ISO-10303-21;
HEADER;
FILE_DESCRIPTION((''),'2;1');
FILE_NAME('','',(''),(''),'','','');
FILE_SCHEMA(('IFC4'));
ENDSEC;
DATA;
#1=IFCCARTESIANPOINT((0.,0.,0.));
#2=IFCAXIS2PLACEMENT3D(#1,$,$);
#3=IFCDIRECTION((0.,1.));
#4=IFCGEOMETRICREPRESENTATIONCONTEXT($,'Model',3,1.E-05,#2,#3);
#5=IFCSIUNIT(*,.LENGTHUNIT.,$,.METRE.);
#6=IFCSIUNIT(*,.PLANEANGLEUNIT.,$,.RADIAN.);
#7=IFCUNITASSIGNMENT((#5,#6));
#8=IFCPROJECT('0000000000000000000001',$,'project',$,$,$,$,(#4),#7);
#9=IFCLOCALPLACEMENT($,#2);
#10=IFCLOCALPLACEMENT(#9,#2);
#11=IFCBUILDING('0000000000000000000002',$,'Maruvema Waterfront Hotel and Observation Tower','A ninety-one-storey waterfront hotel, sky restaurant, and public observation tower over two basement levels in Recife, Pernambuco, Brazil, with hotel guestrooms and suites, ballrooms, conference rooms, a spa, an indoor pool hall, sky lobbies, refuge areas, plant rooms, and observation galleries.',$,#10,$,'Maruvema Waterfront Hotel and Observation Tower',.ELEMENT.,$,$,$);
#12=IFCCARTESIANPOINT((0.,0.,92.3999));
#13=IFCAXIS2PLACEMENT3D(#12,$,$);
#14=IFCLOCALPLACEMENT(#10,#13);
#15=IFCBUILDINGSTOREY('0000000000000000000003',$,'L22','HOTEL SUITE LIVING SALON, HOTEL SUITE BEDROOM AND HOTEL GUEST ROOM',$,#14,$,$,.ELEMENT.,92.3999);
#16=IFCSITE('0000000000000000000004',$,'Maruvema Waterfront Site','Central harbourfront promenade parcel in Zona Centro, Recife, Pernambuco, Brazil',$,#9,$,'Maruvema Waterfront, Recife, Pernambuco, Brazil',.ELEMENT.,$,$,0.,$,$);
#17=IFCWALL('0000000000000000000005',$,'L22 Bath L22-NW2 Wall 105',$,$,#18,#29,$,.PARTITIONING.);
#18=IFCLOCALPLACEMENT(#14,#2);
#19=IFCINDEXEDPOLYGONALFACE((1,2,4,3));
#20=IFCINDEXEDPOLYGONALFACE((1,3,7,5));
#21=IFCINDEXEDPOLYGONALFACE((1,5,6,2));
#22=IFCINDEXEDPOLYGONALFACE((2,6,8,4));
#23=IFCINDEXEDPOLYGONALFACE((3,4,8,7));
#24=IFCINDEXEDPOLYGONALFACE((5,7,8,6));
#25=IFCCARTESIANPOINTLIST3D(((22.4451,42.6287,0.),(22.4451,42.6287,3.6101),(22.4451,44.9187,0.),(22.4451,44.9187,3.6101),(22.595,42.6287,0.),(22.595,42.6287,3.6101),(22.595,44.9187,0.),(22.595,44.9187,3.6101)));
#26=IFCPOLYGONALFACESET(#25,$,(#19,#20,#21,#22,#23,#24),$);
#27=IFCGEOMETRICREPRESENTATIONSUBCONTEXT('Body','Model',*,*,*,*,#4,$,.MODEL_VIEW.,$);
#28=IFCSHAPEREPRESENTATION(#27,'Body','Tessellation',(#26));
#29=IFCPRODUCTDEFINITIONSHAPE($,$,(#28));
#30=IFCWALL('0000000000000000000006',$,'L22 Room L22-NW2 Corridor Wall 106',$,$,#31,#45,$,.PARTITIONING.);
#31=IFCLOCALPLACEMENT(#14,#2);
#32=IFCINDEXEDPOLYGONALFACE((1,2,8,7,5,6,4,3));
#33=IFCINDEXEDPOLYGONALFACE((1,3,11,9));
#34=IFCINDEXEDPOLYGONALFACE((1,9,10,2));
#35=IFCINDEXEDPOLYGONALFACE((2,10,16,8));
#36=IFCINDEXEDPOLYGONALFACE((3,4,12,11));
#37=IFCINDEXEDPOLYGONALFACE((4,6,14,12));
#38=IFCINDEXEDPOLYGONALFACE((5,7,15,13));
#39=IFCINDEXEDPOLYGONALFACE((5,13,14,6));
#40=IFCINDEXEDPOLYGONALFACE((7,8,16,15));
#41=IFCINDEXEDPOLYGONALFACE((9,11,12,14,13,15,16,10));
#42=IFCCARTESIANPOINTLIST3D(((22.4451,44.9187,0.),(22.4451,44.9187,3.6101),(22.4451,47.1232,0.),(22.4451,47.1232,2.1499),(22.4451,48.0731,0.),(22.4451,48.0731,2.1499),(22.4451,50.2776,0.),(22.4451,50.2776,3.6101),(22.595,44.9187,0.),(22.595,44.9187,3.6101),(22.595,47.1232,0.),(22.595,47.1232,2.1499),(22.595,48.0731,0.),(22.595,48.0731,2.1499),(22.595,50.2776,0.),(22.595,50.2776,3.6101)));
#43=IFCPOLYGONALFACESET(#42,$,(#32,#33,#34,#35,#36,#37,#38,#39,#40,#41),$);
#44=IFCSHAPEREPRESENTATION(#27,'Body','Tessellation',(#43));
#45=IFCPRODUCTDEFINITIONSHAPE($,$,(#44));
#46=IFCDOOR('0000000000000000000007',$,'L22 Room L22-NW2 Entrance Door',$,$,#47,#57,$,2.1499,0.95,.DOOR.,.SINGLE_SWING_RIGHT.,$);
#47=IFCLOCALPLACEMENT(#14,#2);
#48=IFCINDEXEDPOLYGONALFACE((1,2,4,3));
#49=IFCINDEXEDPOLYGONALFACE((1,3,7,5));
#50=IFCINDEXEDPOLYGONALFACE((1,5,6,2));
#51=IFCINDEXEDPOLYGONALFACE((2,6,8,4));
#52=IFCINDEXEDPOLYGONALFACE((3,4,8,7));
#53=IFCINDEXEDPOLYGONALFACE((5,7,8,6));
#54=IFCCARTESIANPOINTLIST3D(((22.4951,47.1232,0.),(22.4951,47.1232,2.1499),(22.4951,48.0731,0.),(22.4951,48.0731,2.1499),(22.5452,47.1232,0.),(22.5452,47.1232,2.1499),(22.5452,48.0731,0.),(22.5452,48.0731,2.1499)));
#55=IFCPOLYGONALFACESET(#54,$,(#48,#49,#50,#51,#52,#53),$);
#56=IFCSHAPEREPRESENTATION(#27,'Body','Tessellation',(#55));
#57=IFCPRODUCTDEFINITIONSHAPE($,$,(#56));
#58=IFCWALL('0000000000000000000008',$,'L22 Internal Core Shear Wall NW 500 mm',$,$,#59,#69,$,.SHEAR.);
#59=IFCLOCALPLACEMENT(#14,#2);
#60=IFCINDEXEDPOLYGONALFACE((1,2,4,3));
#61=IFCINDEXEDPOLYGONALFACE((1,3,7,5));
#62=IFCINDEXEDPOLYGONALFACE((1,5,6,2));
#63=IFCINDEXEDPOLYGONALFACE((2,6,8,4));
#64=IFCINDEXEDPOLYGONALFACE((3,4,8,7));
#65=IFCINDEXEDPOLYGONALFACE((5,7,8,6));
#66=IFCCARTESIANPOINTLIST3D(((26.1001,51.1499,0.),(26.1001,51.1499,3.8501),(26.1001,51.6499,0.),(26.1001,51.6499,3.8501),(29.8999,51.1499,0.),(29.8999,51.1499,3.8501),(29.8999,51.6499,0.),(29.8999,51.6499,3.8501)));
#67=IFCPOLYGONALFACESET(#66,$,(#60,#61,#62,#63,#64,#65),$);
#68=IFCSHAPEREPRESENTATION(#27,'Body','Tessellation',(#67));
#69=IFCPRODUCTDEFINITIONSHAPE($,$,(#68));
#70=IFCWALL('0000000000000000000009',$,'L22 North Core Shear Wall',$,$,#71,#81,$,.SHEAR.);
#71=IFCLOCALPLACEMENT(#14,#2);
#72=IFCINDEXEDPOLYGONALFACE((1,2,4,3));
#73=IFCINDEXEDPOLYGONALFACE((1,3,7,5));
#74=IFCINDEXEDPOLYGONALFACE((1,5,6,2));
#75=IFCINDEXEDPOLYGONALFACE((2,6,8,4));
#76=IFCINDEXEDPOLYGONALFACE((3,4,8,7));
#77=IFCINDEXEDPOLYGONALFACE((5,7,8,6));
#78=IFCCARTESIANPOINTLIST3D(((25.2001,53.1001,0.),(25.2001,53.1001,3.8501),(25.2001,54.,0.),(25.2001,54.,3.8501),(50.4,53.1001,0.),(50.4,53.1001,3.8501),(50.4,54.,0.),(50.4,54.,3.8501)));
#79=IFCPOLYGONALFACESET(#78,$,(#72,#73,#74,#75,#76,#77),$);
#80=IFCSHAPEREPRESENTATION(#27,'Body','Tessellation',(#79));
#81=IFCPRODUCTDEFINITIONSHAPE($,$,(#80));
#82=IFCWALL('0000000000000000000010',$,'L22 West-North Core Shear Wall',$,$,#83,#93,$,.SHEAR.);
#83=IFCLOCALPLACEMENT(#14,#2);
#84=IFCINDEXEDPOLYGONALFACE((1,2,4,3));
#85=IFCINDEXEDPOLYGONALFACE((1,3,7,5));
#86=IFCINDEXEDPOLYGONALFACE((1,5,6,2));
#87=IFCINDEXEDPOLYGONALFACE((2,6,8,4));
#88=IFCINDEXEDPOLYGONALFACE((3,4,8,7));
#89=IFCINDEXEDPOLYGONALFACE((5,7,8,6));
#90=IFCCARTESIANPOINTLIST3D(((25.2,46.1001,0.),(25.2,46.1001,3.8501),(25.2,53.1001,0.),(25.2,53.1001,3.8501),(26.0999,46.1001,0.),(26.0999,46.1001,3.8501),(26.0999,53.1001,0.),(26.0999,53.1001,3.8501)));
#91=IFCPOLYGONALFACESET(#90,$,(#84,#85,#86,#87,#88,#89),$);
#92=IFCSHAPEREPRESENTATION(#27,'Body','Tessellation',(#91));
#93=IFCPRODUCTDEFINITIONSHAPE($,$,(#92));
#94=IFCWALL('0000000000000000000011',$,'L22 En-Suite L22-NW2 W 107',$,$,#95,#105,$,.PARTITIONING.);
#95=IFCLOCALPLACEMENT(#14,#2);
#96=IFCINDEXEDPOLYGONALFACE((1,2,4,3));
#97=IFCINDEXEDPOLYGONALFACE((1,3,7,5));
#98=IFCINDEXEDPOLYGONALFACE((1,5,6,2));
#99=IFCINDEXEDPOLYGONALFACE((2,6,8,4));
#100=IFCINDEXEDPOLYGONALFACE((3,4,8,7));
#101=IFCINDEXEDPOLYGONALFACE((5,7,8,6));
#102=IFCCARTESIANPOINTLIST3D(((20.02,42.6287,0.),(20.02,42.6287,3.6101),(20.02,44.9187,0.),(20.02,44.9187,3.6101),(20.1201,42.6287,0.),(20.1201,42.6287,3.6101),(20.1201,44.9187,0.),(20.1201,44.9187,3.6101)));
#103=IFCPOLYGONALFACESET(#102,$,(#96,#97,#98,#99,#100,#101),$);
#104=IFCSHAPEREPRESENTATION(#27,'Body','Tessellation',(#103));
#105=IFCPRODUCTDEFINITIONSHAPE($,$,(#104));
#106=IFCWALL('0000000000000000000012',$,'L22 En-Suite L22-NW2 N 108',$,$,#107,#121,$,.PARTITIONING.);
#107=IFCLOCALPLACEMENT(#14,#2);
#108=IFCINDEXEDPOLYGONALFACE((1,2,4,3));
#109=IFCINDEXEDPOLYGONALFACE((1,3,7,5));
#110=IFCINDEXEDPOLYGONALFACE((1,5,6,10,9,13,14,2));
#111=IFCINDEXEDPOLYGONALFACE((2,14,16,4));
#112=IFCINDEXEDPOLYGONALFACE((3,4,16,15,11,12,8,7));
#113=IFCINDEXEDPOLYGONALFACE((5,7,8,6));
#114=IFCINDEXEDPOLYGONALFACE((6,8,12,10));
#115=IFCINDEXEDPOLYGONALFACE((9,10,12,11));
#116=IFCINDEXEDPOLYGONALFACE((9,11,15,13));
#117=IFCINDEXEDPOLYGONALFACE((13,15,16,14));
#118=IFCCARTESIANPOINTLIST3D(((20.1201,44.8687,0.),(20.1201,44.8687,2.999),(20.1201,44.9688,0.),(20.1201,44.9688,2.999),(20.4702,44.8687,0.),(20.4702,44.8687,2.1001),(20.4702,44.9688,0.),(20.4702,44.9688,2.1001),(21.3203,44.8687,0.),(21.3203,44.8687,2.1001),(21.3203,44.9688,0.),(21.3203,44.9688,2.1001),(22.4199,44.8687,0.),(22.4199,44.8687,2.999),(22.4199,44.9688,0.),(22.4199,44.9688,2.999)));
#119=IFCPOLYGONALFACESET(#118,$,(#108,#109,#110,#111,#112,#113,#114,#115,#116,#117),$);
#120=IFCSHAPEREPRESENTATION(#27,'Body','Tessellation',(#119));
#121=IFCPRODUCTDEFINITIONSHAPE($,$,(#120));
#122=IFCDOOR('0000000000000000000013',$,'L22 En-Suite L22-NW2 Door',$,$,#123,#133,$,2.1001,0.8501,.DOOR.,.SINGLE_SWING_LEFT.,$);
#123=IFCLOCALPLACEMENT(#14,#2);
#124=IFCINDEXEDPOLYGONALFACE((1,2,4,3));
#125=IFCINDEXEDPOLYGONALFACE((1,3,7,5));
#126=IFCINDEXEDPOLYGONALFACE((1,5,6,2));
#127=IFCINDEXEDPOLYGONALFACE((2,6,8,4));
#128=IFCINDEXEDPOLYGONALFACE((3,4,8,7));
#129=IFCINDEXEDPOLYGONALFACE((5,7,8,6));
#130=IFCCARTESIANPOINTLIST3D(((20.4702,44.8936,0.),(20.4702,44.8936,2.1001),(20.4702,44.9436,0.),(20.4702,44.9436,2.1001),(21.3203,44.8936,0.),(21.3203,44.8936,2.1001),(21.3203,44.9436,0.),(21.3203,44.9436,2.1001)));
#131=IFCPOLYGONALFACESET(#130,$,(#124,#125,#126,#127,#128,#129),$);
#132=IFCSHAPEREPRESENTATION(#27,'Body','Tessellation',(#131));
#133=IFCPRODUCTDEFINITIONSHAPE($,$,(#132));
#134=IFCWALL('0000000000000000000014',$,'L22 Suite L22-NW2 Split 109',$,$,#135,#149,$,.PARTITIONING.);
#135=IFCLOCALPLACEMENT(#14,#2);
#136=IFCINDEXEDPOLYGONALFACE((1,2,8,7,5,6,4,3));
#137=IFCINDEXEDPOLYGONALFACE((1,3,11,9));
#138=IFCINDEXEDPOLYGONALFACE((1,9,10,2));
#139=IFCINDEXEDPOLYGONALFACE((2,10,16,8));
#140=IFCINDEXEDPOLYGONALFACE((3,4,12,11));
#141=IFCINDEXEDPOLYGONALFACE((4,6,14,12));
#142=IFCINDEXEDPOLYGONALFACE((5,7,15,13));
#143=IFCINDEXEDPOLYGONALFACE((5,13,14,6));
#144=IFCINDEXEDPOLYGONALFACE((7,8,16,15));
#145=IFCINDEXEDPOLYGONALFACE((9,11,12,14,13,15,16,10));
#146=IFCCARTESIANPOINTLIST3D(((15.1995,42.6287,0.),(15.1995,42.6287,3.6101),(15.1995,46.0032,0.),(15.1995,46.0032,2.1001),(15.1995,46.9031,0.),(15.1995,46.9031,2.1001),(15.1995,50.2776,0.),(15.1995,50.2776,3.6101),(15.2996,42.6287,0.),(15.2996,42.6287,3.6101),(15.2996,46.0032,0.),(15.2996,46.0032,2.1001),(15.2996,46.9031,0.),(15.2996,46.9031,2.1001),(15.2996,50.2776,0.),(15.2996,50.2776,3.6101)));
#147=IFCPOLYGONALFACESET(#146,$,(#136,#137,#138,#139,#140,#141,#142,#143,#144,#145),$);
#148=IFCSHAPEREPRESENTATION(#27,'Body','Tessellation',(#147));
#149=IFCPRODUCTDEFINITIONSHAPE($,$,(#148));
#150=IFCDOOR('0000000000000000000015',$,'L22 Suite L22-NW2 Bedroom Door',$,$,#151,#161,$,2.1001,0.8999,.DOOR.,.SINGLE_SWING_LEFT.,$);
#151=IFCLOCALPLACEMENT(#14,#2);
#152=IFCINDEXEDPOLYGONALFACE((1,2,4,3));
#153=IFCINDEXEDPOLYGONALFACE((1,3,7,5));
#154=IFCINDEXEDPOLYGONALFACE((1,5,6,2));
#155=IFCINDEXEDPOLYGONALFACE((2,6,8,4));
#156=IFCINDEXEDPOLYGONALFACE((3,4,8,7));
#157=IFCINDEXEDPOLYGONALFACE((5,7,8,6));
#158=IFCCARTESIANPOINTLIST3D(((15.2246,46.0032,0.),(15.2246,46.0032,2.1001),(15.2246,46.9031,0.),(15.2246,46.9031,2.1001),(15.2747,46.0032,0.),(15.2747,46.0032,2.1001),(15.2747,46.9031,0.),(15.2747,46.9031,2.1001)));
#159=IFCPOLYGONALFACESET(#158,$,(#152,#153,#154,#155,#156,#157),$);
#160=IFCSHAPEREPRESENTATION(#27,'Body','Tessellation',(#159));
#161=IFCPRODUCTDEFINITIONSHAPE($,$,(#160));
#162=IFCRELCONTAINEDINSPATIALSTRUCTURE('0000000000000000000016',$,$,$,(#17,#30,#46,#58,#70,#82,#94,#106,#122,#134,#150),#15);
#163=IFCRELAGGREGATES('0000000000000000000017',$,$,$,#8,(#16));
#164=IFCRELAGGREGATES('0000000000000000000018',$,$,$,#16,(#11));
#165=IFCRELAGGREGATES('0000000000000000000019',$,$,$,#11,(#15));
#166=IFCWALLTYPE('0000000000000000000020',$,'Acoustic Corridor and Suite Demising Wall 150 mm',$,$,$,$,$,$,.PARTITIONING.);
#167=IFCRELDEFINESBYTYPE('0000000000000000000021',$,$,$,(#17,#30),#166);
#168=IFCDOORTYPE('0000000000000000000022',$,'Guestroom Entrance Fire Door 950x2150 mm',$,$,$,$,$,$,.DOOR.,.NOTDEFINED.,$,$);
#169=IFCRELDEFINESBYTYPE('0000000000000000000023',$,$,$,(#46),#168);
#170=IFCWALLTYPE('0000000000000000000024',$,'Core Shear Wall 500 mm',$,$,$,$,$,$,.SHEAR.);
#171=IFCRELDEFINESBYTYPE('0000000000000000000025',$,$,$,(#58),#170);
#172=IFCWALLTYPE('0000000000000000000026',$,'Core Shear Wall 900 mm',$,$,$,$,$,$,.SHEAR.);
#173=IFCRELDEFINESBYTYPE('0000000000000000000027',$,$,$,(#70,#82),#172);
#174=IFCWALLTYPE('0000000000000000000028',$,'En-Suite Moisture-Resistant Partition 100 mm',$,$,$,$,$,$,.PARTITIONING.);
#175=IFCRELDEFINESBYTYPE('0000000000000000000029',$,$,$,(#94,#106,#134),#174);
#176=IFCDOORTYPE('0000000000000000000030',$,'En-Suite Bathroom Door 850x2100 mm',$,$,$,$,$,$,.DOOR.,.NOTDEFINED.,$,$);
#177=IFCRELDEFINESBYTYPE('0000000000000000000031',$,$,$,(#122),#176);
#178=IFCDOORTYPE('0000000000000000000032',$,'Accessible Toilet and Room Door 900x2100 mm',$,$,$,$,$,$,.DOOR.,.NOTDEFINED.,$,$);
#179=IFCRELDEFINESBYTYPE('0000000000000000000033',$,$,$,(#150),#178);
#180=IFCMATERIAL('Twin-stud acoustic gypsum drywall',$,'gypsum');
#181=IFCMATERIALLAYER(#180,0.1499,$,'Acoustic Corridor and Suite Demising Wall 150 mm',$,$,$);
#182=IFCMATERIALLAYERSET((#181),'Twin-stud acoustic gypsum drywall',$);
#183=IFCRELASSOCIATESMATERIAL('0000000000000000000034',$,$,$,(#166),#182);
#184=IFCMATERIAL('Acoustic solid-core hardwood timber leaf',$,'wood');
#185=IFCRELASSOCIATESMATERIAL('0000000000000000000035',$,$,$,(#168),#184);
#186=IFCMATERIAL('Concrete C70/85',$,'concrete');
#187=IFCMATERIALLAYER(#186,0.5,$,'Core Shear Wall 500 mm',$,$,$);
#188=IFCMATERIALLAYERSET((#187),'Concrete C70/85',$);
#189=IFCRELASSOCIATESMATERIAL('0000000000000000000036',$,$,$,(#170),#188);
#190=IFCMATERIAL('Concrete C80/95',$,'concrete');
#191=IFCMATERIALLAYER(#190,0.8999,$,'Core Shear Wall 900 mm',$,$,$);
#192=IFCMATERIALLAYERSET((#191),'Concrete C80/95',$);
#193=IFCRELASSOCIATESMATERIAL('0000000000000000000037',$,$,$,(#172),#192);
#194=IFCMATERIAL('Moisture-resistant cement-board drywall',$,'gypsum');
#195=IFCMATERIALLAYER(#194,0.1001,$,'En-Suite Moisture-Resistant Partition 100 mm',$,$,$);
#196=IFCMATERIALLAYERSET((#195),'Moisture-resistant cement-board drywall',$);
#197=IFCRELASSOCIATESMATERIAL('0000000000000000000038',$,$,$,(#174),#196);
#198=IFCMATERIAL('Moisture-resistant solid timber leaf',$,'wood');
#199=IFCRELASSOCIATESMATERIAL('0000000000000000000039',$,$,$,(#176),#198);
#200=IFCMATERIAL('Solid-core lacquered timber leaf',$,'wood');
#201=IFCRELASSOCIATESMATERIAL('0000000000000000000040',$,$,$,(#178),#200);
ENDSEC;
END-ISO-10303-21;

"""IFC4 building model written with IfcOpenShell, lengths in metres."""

from ifc_helpers import new_model, si_unit, direction, frame, frame_2d, origin, place, context, subcontext, project, spatial, rectangle, extrude, material, layer, layer_set, type_object, element, fill, save


model = new_model("IFC4")

# Units and contexts
model_context = context("Model", 3, precision=1e-05, world=origin(), true_north=direction((0.0, 1.0)))
body_context = subcontext(model_context, "Body", "Model", "MODEL_VIEW")
ifc_project = project(units=[si_unit("LENGTHUNIT", "METRE"), si_unit("PLANEANGLEUNIT", "RADIAN")], contexts=[model_context])

# Site, building, storey
site_placement = place(None, origin())
site = spatial("IfcSite", under=ifc_project, at=site_placement, Name="Maruvema Waterfront Site", Description="Central harbourfront promenade parcel in Zona Centro, Recife, Pernambuco, Brazil", LongName="Maruvema Waterfront, Recife, Pernambuco, Brazil", CompositionType="ELEMENT", RefElevation=0.0)
building_placement = place(site_placement, origin())
building = spatial("IfcBuilding", under=site, at=building_placement, Name="Maruvema Waterfront Hotel and Observation Tower", Description="A ninety-one-storey waterfront hotel, sky restaurant, and public observation tower over two basement levels in Recife, Pernambuco, Brazil, with hotel guestrooms and suites, ballrooms, conference rooms, a spa, an indoor pool hall, sky lobbies, refuge areas, plant rooms, and observation galleries.", LongName="Maruvema Waterfront Hotel and Observation Tower", CompositionType="ELEMENT")
storey_placement = place(building_placement, frame((0.0, 0.0, 92.3999)))
storey = spatial("IfcBuildingStorey", under=building, at=storey_placement, Name="L22", Description="HOTEL SUITE LIVING SALON, HOTEL SUITE BEDROOM AND HOTEL GUEST ROOM", CompositionType="ELEMENT", Elevation=92.3999)

# Wall
ifc_material_1 = material(Name="Twin-stud acoustic gypsum drywall", Category="gypsum")
ifc_layer_1 = layer(ifc_material_1, 0.1499, Name="Acoustic Corridor and Suite Demising Wall 150 mm")
ifc_layer_set_1 = layer_set([ifc_layer_1], Name="Twin-stud acoustic gypsum drywall")
wall_type_1 = type_object("IfcWallType", Name="Acoustic Corridor and Suite Demising Wall 150 mm", PredefinedType="PARTITIONING", material=ifc_layer_set_1)
wall_1_placement = place(storey_placement, frame((22.52, 42.6287, 0.0), z_axis=(0.0, 0.0, 1.0), x_axis=(0.0, 1.0, 0.0)))
element("IfcWall", 1, at=wall_1_placement, inside=storey, type_object=wall_type_1, Name="L22 Bath L22-NW2 Wall 105", PredefinedType="PARTITIONING", context=body_context, shape_type="SweptSolid", body=[
    extrude(rectangle(XDim=2.29, YDim=0.1499, at=frame_2d((1.145, 0.0))), origin(), (0.0, 0.0, 1.0), 3.6101),
])

# Wall, opening, door
wall_2_placement = place(storey_placement, frame((22.52, 44.9187, 0.0), z_axis=(0.0, 0.0, 1.0), x_axis=(0.0, 1.0, 0.0)))
wall_2 = element("IfcWall", 2, at=wall_2_placement, inside=storey, type_object=wall_type_1, Name="L22 Room L22-NW2 Corridor Wall 106", PredefinedType="PARTITIONING", context=body_context, shape_type="SweptSolid", body=[
    extrude(rectangle(XDim=5.3589, YDim=0.1499, at=frame_2d((2.6794, 0.0))), origin(), (0.0, 0.0, 1.0), 3.6101),
])
opening_1_placement = place(wall_2_placement, frame((2.2043, 0.0, 0.0)))
opening_1 = element("IfcOpeningElement", 3, at=opening_1_placement, cuts=wall_2, PredefinedType="OPENING", context=body_context, shape_type="SweptSolid", body=[
    extrude(rectangle(XDim=0.95, YDim=2.1499, at=frame_2d((0.4751, 1.075))), frame((0.0, 0.085, 0.0), z_axis=(0.0, -1.0, 0.0), x_axis=(1.0, 0.0, 0.0)), (0.0, 0.0, 1.0), 0.1699),
])
ifc_material_2 = material(Name="Acoustic solid-core hardwood timber leaf", Category="wood")
door_type_1 = type_object("IfcDoorType", Name="Guestroom Entrance Fire Door 950x2150 mm", OperationType="NOTDEFINED", PredefinedType="DOOR", material=ifc_material_2)
door_1_placement = place(opening_1_placement, origin())
door_1 = element("IfcDoor", 4, at=door_1_placement, inside=storey, type_object=door_type_1, Name="L22 Room L22-NW2 Entrance Door", OperationType="SINGLE_SWING_RIGHT", OverallHeight=2.1499, OverallWidth=0.95, PredefinedType="DOOR", context=body_context, shape_type="SweptSolid", body=[
    extrude(rectangle(XDim=0.95, YDim=2.1499, at=frame_2d((0.4751, 1.075))), frame((0.0, 0.0249, 0.0), z_axis=(0.0, -1.0, 0.0), x_axis=(1.0, 0.0, 0.0)), (0.0, 0.0, 1.0), 0.05),
])
fill(opening_1, door_1)

# Walls
ifc_material_3 = material(Name="Concrete C70/85", Category="concrete")
ifc_layer_2 = layer(ifc_material_3, 0.5, Name="Core Shear Wall 500 mm")
ifc_layer_set_2 = layer_set([ifc_layer_2], Name="Concrete C70/85")
wall_type_2 = type_object("IfcWallType", Name="Core Shear Wall 500 mm", PredefinedType="SHEAR", material=ifc_layer_set_2)
wall_3_placement = place(storey_placement, frame((26.1001, 51.3999, 0.0), z_axis=(0.0, 0.0, 1.0), x_axis=(1.0, 0.0, 0.0)))
element("IfcWall", 5, at=wall_3_placement, inside=storey, type_object=wall_type_2, Name="L22 Internal Core Shear Wall NW 500 mm", PredefinedType="SHEAR", context=body_context, shape_type="SweptSolid", body=[
    extrude(rectangle(XDim=3.7998, YDim=0.5, at=frame_2d((1.8999, 0.0))), origin(), (0.0, 0.0, 1.0), 3.8501),
])
ifc_material_4 = material(Name="Concrete C80/95", Category="concrete")
ifc_layer_3 = layer(ifc_material_4, 0.8999, Name="Core Shear Wall 900 mm")
ifc_layer_set_3 = layer_set([ifc_layer_3], Name="Concrete C80/95")
wall_type_3 = type_object("IfcWallType", Name="Core Shear Wall 900 mm", PredefinedType="SHEAR", material=ifc_layer_set_3)
wall_4_placement = place(storey_placement, frame((25.2, 53.55, 0.0), z_axis=(0.0, 0.0, 1.0), x_axis=(1.0, 0.0, 0.0)))
element("IfcWall", 6, at=wall_4_placement, inside=storey, type_object=wall_type_3, Name="L22 North Core Shear Wall", PredefinedType="SHEAR", context=body_context, shape_type="SweptSolid", body=[
    extrude(rectangle(XDim=25.2, YDim=0.8999, at=frame_2d((12.6001, 0.0))), origin(), (0.0, 0.0, 1.0), 3.8501),
])
wall_5_placement = place(storey_placement, frame((25.6499, 46.1001, 0.0), z_axis=(0.0, 0.0, 1.0), x_axis=(0.0, 1.0, 0.0)))
element("IfcWall", 7, at=wall_5_placement, inside=storey, type_object=wall_type_3, Name="L22 West-North Core Shear Wall", PredefinedType="SHEAR", context=body_context, shape_type="SweptSolid", body=[
    extrude(rectangle(XDim=7.0, YDim=0.8999, at=frame_2d((3.5, 0.0))), origin(), (0.0, 0.0, 1.0), 3.8501),
])
ifc_material_5 = material(Name="Moisture-resistant cement-board drywall", Category="gypsum")
ifc_layer_4 = layer(ifc_material_5, 0.1001, Name="En-Suite Moisture-Resistant Partition 100 mm")
ifc_layer_set_4 = layer_set([ifc_layer_4], Name="Moisture-resistant cement-board drywall")
wall_type_4 = type_object("IfcWallType", Name="En-Suite Moisture-Resistant Partition 100 mm", PredefinedType="PARTITIONING", material=ifc_layer_set_4)
wall_6_placement = place(storey_placement, frame((20.0701, 42.6287, 0.0), z_axis=(0.0, 0.0, 1.0), x_axis=(0.0, 1.0, 0.0)))
element("IfcWall", 8, at=wall_6_placement, inside=storey, type_object=wall_type_4, Name="L22 En-Suite L22-NW2 W 107", PredefinedType="PARTITIONING", context=body_context, shape_type="SweptSolid", body=[
    extrude(rectangle(XDim=2.29, YDim=0.1001, at=frame_2d((1.145, 0.0))), origin(), (0.0, 0.0, 1.0), 3.6101),
])

# Walls, openings, doors
wall_7_placement = place(storey_placement, frame((20.1201, 44.9187, 0.0), z_axis=(0.0, 0.0, 1.0), x_axis=(1.0, 0.0, 0.0)))
wall_7 = element("IfcWall", 9, at=wall_7_placement, inside=storey, type_object=wall_type_4, Name="L22 En-Suite L22-NW2 N 108", PredefinedType="PARTITIONING", context=body_context, shape_type="SweptSolid", body=[
    extrude(rectangle(XDim=2.2998, YDim=0.1001, at=frame_2d((1.1499, 0.0))), origin(), (0.0, 0.0, 1.0), 2.999),
])
opening_2_placement = place(wall_7_placement, frame((0.3501, 0.0, 0.0)))
opening_2 = element("IfcOpeningElement", 10, at=opening_2_placement, cuts=wall_7, PredefinedType="OPENING", context=body_context, shape_type="SweptSolid", body=[
    extrude(rectangle(XDim=0.8501, YDim=2.1001, at=frame_2d((0.425, 1.05))), frame((0.0, 0.0601, 0.0), z_axis=(0.0, -1.0, 0.0), x_axis=(1.0, 0.0, 0.0)), (0.0, 0.0, 1.0), 0.1201),
])
ifc_material_6 = material(Name="Moisture-resistant solid timber leaf", Category="wood")
door_type_2 = type_object("IfcDoorType", Name="En-Suite Bathroom Door 850x2100 mm", OperationType="NOTDEFINED", PredefinedType="DOOR", material=ifc_material_6)
door_2_placement = place(opening_2_placement, origin())
door_2 = element("IfcDoor", 11, at=door_2_placement, inside=storey, type_object=door_type_2, Name="L22 En-Suite L22-NW2 Door", OperationType="SINGLE_SWING_LEFT", OverallHeight=2.1001, OverallWidth=0.8501, PredefinedType="DOOR", context=body_context, shape_type="SweptSolid", body=[
    extrude(rectangle(XDim=0.8501, YDim=2.1001, at=frame_2d((0.425, 1.05))), frame((0.0, 0.0249, 0.0), z_axis=(0.0, -1.0, 0.0), x_axis=(1.0, 0.0, 0.0)), (0.0, 0.0, 1.0), 0.05),
])
fill(opening_2, door_2)
wall_8_placement = place(storey_placement, frame((15.2495, 42.6287, 0.0), z_axis=(0.0, 0.0, 1.0), x_axis=(0.0, 1.0, 0.0)))
wall_8 = element("IfcWall", 12, at=wall_8_placement, inside=storey, type_object=wall_type_4, Name="L22 Suite L22-NW2 Split 109", PredefinedType="PARTITIONING", context=body_context, shape_type="SweptSolid", body=[
    extrude(rectangle(XDim=7.6489, YDim=0.1001, at=frame_2d((3.8245, 0.0))), origin(), (0.0, 0.0, 1.0), 3.6101),
])
opening_3_placement = place(wall_8_placement, frame((3.3745, 0.0, 0.0)))
opening_3 = element("IfcOpeningElement", 13, at=opening_3_placement, cuts=wall_8, PredefinedType="OPENING", context=body_context, shape_type="SweptSolid", body=[
    extrude(rectangle(XDim=0.8999, YDim=2.1001, at=frame_2d((0.45, 1.05))), frame((0.0, 0.0601, 0.0), z_axis=(0.0, -1.0, 0.0), x_axis=(1.0, 0.0, 0.0)), (0.0, 0.0, 1.0), 0.1201),
])
ifc_material_7 = material(Name="Solid-core lacquered timber leaf", Category="wood")
door_type_3 = type_object("IfcDoorType", Name="Accessible Toilet and Room Door 900x2100 mm", OperationType="NOTDEFINED", PredefinedType="DOOR", material=ifc_material_7)
door_3_placement = place(opening_3_placement, origin())
door_3 = element("IfcDoor", 14, at=door_3_placement, inside=storey, type_object=door_type_3, Name="L22 Suite L22-NW2 Bedroom Door", OperationType="SINGLE_SWING_LEFT", OverallHeight=2.1001, OverallWidth=0.8999, PredefinedType="DOOR", context=body_context, shape_type="SweptSolid", body=[
    extrude(rectangle(XDim=0.8999, YDim=2.1001, at=frame_2d((0.45, 1.05))), frame((0.0, 0.0249, 0.0), z_axis=(0.0, -1.0, 0.0), x_axis=(1.0, 0.0, 0.0)), (0.0, 0.0, 1.0), 0.05),
])
fill(opening_3, door_3)

save(model, "model.ifc")
